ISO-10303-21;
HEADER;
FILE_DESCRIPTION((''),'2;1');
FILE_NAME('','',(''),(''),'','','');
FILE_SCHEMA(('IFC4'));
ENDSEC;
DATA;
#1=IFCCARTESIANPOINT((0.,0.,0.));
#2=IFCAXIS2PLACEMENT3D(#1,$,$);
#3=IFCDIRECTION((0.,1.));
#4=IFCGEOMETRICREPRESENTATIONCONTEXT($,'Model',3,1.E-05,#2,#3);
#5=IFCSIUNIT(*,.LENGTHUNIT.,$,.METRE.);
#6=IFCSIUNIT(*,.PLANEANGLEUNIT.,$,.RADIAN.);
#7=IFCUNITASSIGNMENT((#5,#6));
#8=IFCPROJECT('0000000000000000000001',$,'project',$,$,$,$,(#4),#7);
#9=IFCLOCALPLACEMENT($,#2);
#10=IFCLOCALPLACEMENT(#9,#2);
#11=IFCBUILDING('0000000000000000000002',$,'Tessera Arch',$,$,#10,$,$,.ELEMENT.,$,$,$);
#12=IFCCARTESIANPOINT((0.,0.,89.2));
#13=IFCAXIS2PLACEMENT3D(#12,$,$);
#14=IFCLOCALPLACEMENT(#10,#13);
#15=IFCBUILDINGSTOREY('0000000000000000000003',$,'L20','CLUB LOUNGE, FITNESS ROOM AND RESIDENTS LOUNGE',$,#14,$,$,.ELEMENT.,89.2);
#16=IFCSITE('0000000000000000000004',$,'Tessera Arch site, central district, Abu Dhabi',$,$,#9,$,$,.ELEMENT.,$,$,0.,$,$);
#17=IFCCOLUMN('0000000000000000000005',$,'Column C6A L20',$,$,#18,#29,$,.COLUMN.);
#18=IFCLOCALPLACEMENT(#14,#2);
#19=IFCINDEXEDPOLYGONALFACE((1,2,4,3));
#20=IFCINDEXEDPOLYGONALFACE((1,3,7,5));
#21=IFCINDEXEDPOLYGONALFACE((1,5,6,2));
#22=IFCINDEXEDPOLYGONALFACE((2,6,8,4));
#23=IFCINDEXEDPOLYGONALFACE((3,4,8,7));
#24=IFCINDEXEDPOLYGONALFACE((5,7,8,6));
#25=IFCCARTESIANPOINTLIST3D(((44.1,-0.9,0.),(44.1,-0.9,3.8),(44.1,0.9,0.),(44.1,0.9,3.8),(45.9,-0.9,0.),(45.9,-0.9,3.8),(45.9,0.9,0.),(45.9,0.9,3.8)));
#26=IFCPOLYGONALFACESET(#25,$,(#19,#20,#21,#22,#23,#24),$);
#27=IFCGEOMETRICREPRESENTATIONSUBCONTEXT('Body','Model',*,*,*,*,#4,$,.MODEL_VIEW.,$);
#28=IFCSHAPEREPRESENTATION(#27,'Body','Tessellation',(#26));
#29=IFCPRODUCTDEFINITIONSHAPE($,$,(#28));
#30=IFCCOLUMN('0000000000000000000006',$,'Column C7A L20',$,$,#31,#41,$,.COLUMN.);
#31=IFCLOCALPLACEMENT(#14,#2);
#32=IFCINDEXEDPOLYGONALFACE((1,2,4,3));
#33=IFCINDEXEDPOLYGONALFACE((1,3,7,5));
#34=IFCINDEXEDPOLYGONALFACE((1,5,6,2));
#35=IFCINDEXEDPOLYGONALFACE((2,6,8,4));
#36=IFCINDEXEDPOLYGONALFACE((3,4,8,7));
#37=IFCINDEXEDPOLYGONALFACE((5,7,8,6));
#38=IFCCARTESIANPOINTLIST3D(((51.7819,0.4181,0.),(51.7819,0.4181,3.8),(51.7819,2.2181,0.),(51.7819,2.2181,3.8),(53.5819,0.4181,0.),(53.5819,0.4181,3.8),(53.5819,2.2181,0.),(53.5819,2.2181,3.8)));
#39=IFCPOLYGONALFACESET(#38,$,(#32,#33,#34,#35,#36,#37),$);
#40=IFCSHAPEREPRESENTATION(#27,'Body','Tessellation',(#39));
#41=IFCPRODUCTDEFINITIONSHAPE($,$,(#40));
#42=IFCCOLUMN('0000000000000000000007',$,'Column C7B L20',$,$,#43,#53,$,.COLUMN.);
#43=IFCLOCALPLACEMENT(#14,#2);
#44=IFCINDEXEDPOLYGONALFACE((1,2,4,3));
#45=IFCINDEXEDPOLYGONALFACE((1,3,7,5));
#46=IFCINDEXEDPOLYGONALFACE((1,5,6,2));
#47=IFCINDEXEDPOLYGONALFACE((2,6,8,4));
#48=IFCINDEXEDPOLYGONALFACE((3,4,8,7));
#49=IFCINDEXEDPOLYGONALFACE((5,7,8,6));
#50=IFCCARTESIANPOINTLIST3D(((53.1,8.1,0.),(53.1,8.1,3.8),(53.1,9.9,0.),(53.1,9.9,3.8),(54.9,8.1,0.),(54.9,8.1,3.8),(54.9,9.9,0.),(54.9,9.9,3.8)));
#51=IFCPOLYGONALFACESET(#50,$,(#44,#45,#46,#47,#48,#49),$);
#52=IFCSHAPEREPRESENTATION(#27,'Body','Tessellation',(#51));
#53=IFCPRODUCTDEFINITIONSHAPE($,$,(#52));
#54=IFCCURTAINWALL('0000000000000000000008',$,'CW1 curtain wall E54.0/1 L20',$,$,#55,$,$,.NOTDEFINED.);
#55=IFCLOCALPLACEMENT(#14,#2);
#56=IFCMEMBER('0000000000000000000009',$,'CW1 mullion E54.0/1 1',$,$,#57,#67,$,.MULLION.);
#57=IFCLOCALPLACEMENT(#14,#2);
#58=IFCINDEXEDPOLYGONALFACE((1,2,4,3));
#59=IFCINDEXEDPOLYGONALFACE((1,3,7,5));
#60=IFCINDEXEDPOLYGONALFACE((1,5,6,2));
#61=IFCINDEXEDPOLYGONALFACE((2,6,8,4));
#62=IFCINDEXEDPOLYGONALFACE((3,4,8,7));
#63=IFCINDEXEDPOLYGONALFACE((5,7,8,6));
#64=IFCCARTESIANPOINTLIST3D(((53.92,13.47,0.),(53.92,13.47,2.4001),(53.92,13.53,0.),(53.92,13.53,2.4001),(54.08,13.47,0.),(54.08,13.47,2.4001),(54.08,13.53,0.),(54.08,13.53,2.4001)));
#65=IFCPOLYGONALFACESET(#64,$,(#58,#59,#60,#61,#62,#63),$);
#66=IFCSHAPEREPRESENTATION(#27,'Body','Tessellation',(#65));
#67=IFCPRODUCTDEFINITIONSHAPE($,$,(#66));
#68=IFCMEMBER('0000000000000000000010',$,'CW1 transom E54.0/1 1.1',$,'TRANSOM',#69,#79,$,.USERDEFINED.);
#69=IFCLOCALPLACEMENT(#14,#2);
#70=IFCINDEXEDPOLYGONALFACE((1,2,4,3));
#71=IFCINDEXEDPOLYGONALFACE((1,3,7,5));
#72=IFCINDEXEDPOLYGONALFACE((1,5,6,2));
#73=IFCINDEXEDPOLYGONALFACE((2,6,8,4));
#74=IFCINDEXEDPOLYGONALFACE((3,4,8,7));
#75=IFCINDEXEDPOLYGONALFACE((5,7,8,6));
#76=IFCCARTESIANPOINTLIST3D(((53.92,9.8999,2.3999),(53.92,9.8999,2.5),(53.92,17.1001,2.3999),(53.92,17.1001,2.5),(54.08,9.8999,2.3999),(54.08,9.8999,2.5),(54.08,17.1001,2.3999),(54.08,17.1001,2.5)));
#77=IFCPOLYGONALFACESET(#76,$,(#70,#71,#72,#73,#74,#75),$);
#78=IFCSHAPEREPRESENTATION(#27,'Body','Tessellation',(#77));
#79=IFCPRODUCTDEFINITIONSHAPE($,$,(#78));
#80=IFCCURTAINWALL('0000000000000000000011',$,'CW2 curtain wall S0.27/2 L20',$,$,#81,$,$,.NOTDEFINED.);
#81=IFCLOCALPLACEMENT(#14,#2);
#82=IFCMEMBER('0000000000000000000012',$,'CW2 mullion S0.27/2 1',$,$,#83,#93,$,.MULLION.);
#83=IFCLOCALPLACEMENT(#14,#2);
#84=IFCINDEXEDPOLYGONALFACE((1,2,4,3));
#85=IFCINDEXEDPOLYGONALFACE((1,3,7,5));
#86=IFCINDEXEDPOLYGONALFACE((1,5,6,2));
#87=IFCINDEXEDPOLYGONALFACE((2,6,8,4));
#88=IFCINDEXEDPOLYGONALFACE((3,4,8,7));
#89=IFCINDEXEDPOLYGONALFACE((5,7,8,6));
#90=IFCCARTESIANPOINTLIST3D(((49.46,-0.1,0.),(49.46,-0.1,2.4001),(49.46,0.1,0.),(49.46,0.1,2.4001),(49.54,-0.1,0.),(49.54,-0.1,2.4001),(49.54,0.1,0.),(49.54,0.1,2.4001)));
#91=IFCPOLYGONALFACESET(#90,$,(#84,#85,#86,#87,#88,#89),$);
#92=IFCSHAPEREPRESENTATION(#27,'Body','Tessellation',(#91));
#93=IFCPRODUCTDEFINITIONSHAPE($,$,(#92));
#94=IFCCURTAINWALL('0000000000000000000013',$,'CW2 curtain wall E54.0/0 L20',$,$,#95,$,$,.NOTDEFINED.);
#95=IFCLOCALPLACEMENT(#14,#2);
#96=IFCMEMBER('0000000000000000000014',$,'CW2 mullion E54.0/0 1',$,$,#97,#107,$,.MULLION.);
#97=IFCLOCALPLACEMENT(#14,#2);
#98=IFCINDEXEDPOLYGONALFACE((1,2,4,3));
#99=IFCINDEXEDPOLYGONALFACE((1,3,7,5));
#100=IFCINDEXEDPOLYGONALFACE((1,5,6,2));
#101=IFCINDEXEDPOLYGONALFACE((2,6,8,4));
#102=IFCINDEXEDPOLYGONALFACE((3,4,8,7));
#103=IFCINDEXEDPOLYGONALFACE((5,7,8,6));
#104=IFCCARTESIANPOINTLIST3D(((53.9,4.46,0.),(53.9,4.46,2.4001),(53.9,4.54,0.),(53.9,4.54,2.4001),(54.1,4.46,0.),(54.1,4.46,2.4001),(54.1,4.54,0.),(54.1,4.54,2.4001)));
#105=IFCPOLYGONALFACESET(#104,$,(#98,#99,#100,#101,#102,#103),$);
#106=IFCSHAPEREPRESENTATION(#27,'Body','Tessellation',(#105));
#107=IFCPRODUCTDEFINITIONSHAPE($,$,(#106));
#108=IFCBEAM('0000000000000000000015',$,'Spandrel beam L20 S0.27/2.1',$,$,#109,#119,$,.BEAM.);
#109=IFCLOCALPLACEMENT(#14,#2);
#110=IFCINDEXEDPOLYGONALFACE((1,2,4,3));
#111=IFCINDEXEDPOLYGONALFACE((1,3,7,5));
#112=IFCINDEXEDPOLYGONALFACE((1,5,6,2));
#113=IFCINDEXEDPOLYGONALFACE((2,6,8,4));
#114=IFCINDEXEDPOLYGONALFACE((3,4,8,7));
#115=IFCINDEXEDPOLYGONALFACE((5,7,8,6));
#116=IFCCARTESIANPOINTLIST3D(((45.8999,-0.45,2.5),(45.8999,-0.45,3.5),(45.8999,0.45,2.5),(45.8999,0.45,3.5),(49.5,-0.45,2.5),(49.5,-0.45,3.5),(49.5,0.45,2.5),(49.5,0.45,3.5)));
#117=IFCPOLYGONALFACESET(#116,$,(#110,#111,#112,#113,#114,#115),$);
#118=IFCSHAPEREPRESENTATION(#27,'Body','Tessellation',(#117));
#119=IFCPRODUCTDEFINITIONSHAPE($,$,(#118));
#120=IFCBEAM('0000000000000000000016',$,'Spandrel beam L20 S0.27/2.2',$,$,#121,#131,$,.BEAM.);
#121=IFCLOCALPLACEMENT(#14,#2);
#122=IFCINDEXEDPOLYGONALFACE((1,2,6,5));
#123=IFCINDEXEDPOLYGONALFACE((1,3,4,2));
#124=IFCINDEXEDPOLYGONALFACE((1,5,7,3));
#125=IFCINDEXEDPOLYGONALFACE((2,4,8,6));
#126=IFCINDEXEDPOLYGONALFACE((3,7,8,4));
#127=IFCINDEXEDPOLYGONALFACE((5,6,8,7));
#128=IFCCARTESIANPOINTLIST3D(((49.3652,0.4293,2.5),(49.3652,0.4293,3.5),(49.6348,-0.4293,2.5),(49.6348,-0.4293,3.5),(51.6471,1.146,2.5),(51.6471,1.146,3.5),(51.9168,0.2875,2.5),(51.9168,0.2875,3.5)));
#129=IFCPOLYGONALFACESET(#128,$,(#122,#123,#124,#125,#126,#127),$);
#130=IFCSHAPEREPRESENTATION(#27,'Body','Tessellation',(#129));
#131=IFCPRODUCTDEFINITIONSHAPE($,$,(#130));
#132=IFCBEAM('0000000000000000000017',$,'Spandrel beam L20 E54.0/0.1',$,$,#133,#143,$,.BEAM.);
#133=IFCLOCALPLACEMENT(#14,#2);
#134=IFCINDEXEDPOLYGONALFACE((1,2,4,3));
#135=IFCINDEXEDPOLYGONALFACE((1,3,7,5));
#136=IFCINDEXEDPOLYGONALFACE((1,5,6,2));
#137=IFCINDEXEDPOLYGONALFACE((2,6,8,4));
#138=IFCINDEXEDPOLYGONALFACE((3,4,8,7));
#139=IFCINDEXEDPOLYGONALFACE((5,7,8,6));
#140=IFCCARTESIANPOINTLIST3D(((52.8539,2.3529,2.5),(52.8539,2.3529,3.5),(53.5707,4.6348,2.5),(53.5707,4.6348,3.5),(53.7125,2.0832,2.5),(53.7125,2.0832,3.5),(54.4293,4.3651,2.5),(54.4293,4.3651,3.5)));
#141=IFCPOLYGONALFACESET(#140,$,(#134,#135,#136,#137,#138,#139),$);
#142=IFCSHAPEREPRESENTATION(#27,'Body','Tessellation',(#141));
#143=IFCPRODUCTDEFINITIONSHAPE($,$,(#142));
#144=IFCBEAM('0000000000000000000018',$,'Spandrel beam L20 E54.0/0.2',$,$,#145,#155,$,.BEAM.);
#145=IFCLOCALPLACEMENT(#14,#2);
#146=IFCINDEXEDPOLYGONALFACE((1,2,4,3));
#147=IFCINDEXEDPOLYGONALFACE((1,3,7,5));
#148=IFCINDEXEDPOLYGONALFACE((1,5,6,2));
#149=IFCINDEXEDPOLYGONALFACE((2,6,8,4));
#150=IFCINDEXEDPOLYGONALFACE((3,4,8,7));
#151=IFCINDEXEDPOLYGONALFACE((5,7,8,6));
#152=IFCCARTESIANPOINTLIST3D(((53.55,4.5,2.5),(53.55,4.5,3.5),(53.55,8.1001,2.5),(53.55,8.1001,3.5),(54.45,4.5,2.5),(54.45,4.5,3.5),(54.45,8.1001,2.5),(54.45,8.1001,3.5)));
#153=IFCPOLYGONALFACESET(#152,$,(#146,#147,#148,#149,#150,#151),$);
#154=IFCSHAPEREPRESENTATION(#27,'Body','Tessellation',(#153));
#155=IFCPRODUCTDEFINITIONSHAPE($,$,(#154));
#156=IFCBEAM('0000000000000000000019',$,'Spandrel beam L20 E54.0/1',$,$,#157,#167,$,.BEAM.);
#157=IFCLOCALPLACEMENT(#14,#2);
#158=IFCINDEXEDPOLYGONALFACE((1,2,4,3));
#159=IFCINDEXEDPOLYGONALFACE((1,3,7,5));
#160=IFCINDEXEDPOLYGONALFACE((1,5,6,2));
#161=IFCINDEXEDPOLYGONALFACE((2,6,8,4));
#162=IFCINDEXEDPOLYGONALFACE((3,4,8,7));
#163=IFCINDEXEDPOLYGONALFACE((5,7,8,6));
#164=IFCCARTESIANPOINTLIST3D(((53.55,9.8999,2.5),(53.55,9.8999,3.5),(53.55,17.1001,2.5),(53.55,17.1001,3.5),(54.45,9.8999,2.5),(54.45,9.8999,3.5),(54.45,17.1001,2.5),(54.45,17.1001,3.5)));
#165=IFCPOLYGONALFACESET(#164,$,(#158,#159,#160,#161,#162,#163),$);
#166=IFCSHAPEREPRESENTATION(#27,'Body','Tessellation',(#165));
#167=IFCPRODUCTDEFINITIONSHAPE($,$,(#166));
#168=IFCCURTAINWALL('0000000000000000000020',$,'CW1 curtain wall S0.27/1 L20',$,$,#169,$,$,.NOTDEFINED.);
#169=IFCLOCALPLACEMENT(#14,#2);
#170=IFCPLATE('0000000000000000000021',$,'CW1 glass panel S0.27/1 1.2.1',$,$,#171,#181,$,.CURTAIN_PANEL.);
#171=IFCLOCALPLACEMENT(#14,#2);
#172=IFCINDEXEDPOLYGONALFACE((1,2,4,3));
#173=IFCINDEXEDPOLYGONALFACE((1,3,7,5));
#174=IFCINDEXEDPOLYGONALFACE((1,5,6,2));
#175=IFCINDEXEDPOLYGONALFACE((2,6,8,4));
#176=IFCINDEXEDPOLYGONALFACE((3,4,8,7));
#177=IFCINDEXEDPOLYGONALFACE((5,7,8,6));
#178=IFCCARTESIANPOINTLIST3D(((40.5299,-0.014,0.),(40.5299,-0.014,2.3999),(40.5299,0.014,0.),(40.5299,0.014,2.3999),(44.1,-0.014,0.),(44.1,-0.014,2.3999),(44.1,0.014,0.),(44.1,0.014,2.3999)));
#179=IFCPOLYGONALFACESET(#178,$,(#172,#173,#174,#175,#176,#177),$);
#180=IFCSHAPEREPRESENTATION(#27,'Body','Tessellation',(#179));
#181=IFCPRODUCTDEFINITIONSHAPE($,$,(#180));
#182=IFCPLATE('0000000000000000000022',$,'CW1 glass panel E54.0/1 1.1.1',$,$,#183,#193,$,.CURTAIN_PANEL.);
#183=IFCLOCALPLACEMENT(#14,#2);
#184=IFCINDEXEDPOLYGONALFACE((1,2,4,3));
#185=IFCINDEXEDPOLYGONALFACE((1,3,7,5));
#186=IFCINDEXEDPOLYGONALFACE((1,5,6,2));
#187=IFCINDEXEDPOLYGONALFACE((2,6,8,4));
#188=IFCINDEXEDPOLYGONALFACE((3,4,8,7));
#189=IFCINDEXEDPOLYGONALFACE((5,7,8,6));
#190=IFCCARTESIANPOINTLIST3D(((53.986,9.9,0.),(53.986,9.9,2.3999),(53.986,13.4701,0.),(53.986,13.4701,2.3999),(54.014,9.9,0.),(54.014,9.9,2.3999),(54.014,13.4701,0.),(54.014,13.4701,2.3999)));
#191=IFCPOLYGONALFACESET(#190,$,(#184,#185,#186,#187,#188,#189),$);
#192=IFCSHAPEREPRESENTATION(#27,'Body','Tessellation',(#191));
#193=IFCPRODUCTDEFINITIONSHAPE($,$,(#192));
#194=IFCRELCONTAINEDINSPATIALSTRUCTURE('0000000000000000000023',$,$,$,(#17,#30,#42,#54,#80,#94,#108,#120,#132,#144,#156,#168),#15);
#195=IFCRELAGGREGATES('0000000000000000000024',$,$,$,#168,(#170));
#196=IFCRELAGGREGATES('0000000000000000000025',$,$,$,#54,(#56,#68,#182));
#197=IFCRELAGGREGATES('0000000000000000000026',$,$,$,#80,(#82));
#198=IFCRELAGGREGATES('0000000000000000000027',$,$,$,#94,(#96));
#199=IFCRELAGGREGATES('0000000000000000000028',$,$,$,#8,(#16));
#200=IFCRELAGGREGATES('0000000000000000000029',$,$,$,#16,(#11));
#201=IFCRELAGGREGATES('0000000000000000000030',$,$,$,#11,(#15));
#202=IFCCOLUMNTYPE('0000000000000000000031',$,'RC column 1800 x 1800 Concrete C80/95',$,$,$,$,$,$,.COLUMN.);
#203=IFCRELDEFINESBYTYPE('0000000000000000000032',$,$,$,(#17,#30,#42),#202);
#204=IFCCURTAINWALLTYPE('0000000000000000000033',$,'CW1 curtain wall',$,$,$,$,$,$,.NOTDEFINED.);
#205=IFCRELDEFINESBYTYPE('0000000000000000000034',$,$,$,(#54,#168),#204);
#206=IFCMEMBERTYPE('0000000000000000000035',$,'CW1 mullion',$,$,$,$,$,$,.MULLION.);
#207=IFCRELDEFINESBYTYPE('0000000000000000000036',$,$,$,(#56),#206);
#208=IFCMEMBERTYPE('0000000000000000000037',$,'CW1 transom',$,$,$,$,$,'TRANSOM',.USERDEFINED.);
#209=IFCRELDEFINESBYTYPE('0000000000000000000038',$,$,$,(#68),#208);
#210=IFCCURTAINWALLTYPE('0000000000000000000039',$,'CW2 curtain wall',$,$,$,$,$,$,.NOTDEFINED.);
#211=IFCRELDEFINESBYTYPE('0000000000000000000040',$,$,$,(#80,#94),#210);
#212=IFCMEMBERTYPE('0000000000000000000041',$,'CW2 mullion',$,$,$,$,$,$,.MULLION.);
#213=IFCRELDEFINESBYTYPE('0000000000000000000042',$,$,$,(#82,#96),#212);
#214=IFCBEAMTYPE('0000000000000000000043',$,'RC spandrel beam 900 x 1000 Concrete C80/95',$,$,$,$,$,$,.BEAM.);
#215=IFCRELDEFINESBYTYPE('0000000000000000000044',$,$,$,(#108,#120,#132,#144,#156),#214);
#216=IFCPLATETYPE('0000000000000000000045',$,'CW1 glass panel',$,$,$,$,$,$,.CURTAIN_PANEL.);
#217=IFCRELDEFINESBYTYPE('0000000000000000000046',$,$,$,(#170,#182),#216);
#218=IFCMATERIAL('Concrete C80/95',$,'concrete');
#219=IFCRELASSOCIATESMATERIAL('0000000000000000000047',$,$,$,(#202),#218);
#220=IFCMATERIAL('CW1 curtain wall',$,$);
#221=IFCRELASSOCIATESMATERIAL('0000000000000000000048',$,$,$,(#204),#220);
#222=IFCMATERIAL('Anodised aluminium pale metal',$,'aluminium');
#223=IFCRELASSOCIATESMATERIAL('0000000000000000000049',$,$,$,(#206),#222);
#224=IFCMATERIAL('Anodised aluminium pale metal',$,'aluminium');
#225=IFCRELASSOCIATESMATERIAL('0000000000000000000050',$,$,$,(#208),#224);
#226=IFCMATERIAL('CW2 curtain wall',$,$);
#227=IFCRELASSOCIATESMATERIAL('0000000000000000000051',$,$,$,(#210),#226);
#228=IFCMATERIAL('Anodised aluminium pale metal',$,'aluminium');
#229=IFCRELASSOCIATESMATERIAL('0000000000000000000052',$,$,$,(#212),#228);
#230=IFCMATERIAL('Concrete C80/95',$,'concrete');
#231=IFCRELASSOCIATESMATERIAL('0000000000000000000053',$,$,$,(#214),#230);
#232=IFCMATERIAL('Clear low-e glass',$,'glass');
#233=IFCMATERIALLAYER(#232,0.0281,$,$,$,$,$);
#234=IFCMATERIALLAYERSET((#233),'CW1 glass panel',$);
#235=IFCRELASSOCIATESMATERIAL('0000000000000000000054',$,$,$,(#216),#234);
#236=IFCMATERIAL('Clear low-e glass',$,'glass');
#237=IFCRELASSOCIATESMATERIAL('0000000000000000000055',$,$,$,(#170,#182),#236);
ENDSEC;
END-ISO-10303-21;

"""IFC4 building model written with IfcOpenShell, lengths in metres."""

from ifc_helpers import new_model, si_unit, direction, frame, origin, origin_2d, place, context, subcontext, project, spatial, rectangle, extrude, material, layer, layer_set, material_profile, profile_set, type_object, element, aggregate, save


model = new_model("IFC4")

# Units and contexts
model_context = context("Model", 3, precision=1e-05, world=origin(), true_north=direction((0.0, 1.0)))
body_context = subcontext(model_context, "Body", "Model", "MODEL_VIEW")
ifc_project = project(units=[si_unit("LENGTHUNIT", "METRE"), si_unit("PLANEANGLEUNIT", "RADIAN")], contexts=[model_context])

# Site, building, storey
site_placement = place(None, origin())
site = spatial("IfcSite", under=ifc_project, at=site_placement, Name="Tessera Arch site, central district, Abu Dhabi", CompositionType="ELEMENT", RefElevation=0.0)
building_placement = place(site_placement, origin())
building = spatial("IfcBuilding", under=site, at=building_placement, Name="Tessera Arch", CompositionType="ELEMENT")
storey_placement = place(building_placement, frame((0.0, 0.0, 89.2)))
storey = spatial("IfcBuildingStorey", under=building, at=storey_placement, Name="L20", Description="CLUB LOUNGE, FITNESS ROOM AND RESIDENTS LOUNGE", CompositionType="ELEMENT", Elevation=89.2)

# Columns
ifc_material_1 = material(Name="Concrete C80/95", Category="concrete")
ifc_material_profile_1 = material_profile(ifc_material_1, rectangle(XDim=1.8, YDim=1.8, at=origin_2d()), Name="RC column 1800 x 1800 Concrete C80/95")
ifc_profile_set_1 = profile_set([ifc_material_profile_1], Name="Concrete C80/95")
column_type = type_object("IfcColumnType", Name="RC column 1800 x 1800 Concrete C80/95", PredefinedType="COLUMN", material=ifc_profile_set_1)
for number, where, z_axis, x_axis, name in (
    (1, (45.0, 0.0, 0.0), (0.0, 0.0, 1.0), (1.0, 0.0, 0.0), "Column C6A L20"),
    (2, (52.6819, 1.3181, 0.0), (0.0, 0.0, 1.0), (1.0, 0.0, 0.0), "Column C7A L20"),
    (3, (54.0, 9.0, 0.0), (0.0, 0.0, 1.0), (1.0, 0.0, 0.0), "Column C7B L20"),
):
    element("IfcColumn", number, at=place(storey_placement, frame(where, z_axis=z_axis, x_axis=x_axis)), inside=storey, type_object=column_type, Name=name, PredefinedType="COLUMN", context=body_context, shape_type="SweptSolid", body=[
        extrude(rectangle(XDim=1.8, YDim=1.8, at=origin_2d()), origin(), (0.0, 0.0, 1.0), 3.8),
    ])

# Curtain wall, members
ifc_material_2 = material(Name="CW1 curtain wall")
curtain_wall_type_1 = type_object("IfcCurtainWallType", Name="CW1 curtain wall", PredefinedType="NOTDEFINED", material=ifc_material_2)
curtain_wall_1_placement = place(storey_placement, origin())
curtain_wall_1 = element("IfcCurtainWall", 4, at=curtain_wall_1_placement, inside=storey, type_object=curtain_wall_type_1, Name="CW1 curtain wall E54.0/1 L20", PredefinedType="NOTDEFINED")
ifc_material_3 = material(Name="Anodised aluminium pale metal", Category="aluminium")
ifc_material_profile_2 = material_profile(ifc_material_3, rectangle(XDim=0.1599, YDim=0.0601, at=origin_2d()), Name="AL 60x160")
ifc_profile_set_2 = profile_set([ifc_material_profile_2], Name="Anodised aluminium pale metal")
member_type_1 = type_object("IfcMemberType", Name="CW1 mullion", PredefinedType="MULLION", material=ifc_profile_set_2)
member_1_placement = place(storey_placement, frame((54.0, 13.5, 0.0), z_axis=(0.0, 0.0, 1.0), x_axis=(-1.0, 0.0, 0.0)))
member_1 = element("IfcMember", 5, at=member_1_placement, type_object=member_type_1, Name="CW1 mullion E54.0/1 1", PredefinedType="MULLION", context=body_context, shape_type="SweptSolid", body=[
    extrude(rectangle(XDim=0.1599, YDim=0.0601, at=origin_2d()), origin(), (0.0, 0.0, 1.0), 2.4001),
])
ifc_material_4 = material(Name="Anodised aluminium pale metal", Category="aluminium")
ifc_material_profile_3 = material_profile(ifc_material_4, rectangle(XDim=0.1599, YDim=0.1001, at=origin_2d()), Name="AL 160x100")
ifc_profile_set_3 = profile_set([ifc_material_profile_3], Name="Anodised aluminium pale metal")
member_type_2 = type_object("IfcMemberType", Name="CW1 transom", ElementType="TRANSOM", PredefinedType="USERDEFINED", material=ifc_profile_set_3)
member_2_placement = place(storey_placement, frame((54.0, 9.8999, 2.45), z_axis=(0.0, 1.0, 0.0), x_axis=(-1.0, 0.0, 0.0)))
member_2 = element("IfcMember", 6, at=member_2_placement, type_object=member_type_2, Name="CW1 transom E54.0/1 1.1", ObjectType="TRANSOM", PredefinedType="USERDEFINED", context=body_context, shape_type="SweptSolid", body=[
    extrude(rectangle(XDim=0.1599, YDim=0.1001, at=origin_2d()), origin(), (0.0, 0.0, 1.0), 7.2002),
])

# Curtain walls, members
ifc_material_5 = material(Name="CW2 curtain wall")
curtain_wall_type_2 = type_object("IfcCurtainWallType", Name="CW2 curtain wall", PredefinedType="NOTDEFINED", material=ifc_material_5)
curtain_wall_2_placement = place(storey_placement, origin())
curtain_wall_2 = element("IfcCurtainWall", 7, at=curtain_wall_2_placement, inside=storey, type_object=curtain_wall_type_2, Name="CW2 curtain wall S0.27/2 L20", PredefinedType="NOTDEFINED")
ifc_material_6 = material(Name="Anodised aluminium pale metal", Category="aluminium")
ifc_material_profile_4 = material_profile(ifc_material_6, rectangle(XDim=0.2, YDim=0.0801, at=origin_2d()), Name="AL 80x200")
ifc_profile_set_4 = profile_set([ifc_material_profile_4], Name="Anodised aluminium pale metal")
member_type_3 = type_object("IfcMemberType", Name="CW2 mullion", PredefinedType="MULLION", material=ifc_profile_set_4)
member_3_placement = place(storey_placement, frame((49.5, 0.0, 0.0), z_axis=(0.0, 0.0, 1.0), x_axis=(0.0, 1.0, 0.0)))
member_3 = element("IfcMember", 8, at=member_3_placement, type_object=member_type_3, Name="CW2 mullion S0.27/2 1", PredefinedType="MULLION", context=body_context, shape_type="SweptSolid", body=[
    extrude(rectangle(XDim=0.2, YDim=0.0801, at=origin_2d()), origin(), (0.0, 0.0, 1.0), 2.4001),
])
curtain_wall_3_placement = place(storey_placement, origin())
curtain_wall_3 = element("IfcCurtainWall", 9, at=curtain_wall_3_placement, inside=storey, type_object=curtain_wall_type_2, Name="CW2 curtain wall E54.0/0 L20", PredefinedType="NOTDEFINED")
member_4_placement = place(storey_placement, frame((54.0, 4.5, 0.0), z_axis=(0.0, 0.0, 1.0), x_axis=(-1.0, 0.0, 0.0)))
member_4 = element("IfcMember", 10, at=member_4_placement, type_object=member_type_3, Name="CW2 mullion E54.0/0 1", PredefinedType="MULLION", context=body_context, shape_type="SweptSolid", body=[
    extrude(rectangle(XDim=0.2, YDim=0.0801, at=origin_2d()), origin(), (0.0, 0.0, 1.0), 2.4001),
])

# Beams
ifc_material_7 = material(Name="Concrete C80/95", Category="concrete")
ifc_material_profile_5 = material_profile(ifc_material_7, rectangle(XDim=0.8999, YDim=1.0, at=origin_2d()), Name="RC spandrel beam 900 x 1000 Concrete C80/95")
ifc_profile_set_5 = profile_set([ifc_material_profile_5], Name="Concrete C80/95")
beam_type = type_object("IfcBeamType", Name="RC spandrel beam 900 x 1000 Concrete C80/95", PredefinedType="BEAM", material=ifc_profile_set_5)
beam_1_placement = place(storey_placement, frame((45.8999, 0.0, 3.0), z_axis=(1.0, 0.0, 0.0), x_axis=(0.0, 1.0, 0.0)))
element("IfcBeam", 11, at=beam_1_placement, inside=storey, type_object=beam_type, Name="Spandrel beam L20 S0.27/2.1", PredefinedType="BEAM", context=body_context, shape_type="SweptSolid", body=[
    extrude(rectangle(XDim=0.8999, YDim=1.0, at=origin_2d()), origin(), (0.0, 0.0, 1.0), 3.6001),
])
for number, where, z_axis, x_axis, name in (
    (12, (49.5, 0.0, 3.0), (0.954041, 0.299675, 0.0), (-0.299675, 0.954041, 0.0), "Spandrel beam L20 S0.27/2.2"),
    (13, (53.2832, 2.218, 3.0), (0.299675, 0.954041, 0.0), (-0.954041, 0.299675, 0.0), "Spandrel beam L20 E54.0/0.1"),
):
    element("IfcBeam", number, at=place(storey_placement, frame(where, z_axis=z_axis, x_axis=x_axis)), inside=storey, type_object=beam_type, Name=name, PredefinedType="BEAM", context=body_context, shape_type="SweptSolid", body=[
        extrude(rectangle(XDim=0.8999, YDim=1.0, at=origin_2d()), origin(), (0.0, 0.0, 1.0), 2.3918),
    ])
beam_2_placement = place(storey_placement, frame((54.0, 4.5, 3.0), z_axis=(0.0, 1.0, 0.0), x_axis=(-1.0, 0.0, 0.0)))
element("IfcBeam", 14, at=beam_2_placement, inside=storey, type_object=beam_type, Name="Spandrel beam L20 E54.0/0.2", PredefinedType="BEAM", context=body_context, shape_type="SweptSolid", body=[
    extrude(rectangle(XDim=0.8999, YDim=1.0, at=origin_2d()), origin(), (0.0, 0.0, 1.0), 3.6001),
])
beam_3_placement = place(storey_placement, frame((54.0, 9.8999, 3.0), z_axis=(0.0, 1.0, 0.0), x_axis=(-1.0, 0.0, 0.0)))
element("IfcBeam", 15, at=beam_3_placement, inside=storey, type_object=beam_type, Name="Spandrel beam L20 E54.0/1", PredefinedType="BEAM", context=body_context, shape_type="SweptSolid", body=[
    extrude(rectangle(XDim=0.8999, YDim=1.0, at=origin_2d()), origin(), (0.0, 0.0, 1.0), 7.2002),
])

# Curtain wall, plate
curtain_wall_4_placement = place(storey_placement, origin())
curtain_wall_4 = element("IfcCurtainWall", 16, at=curtain_wall_4_placement, inside=storey, type_object=curtain_wall_type_1, Name="CW1 curtain wall S0.27/1 L20", PredefinedType="NOTDEFINED")
ifc_material_8 = material(Name="Clear low-e glass", Category="glass")
ifc_material_9 = material(Name="Clear low-e glass", Category="glass")
ifc_layer_1 = layer(ifc_material_9, 0.0281)
ifc_layer_set_1 = layer_set([ifc_layer_1], Name="CW1 glass panel")
plate_type_1 = type_object("IfcPlateType", Name="CW1 glass panel", PredefinedType="CURTAIN_PANEL", material=ifc_layer_set_1)
plate_1_placement = place(storey_placement, frame((42.3149, 0.0, 0.0), z_axis=(0.0, 0.0, 1.0), x_axis=(1.0, 0.0, 0.0)))
plate_1 = element("IfcPlate", 17, at=plate_1_placement, type_object=plate_type_1, material=ifc_material_8, Name="CW1 glass panel S0.27/1 1.2.1", PredefinedType="CURTAIN_PANEL", context=body_context, shape_type="SweptSolid", body=[
    extrude(rectangle(XDim=3.5701, YDim=0.0281, at=origin_2d()), origin(), (0.0, 0.0, 1.0), 2.3999),
])
aggregate(curtain_wall_4, [plate_1])

# Plate
plate_2_placement = place(storey_placement, frame((54.0, 11.6851, 0.0), z_axis=(0.0, 0.0, 1.0), x_axis=(0.0, 1.0, 0.0)))
plate_2 = element("IfcPlate", 18, at=plate_2_placement, type_object=plate_type_1, material=ifc_material_8, Name="CW1 glass panel E54.0/1 1.1.1", PredefinedType="CURTAIN_PANEL", context=body_context, shape_type="SweptSolid", body=[
    extrude(rectangle(XDim=3.5701, YDim=0.0281, at=origin_2d()), origin(), (0.0, 0.0, 1.0), 2.3999),
])
aggregate(curtain_wall_1, [member_1, member_2, plate_2])
aggregate(curtain_wall_2, [member_3])
aggregate(curtain_wall_3, [member_4])

save(model, "model.ifc")
